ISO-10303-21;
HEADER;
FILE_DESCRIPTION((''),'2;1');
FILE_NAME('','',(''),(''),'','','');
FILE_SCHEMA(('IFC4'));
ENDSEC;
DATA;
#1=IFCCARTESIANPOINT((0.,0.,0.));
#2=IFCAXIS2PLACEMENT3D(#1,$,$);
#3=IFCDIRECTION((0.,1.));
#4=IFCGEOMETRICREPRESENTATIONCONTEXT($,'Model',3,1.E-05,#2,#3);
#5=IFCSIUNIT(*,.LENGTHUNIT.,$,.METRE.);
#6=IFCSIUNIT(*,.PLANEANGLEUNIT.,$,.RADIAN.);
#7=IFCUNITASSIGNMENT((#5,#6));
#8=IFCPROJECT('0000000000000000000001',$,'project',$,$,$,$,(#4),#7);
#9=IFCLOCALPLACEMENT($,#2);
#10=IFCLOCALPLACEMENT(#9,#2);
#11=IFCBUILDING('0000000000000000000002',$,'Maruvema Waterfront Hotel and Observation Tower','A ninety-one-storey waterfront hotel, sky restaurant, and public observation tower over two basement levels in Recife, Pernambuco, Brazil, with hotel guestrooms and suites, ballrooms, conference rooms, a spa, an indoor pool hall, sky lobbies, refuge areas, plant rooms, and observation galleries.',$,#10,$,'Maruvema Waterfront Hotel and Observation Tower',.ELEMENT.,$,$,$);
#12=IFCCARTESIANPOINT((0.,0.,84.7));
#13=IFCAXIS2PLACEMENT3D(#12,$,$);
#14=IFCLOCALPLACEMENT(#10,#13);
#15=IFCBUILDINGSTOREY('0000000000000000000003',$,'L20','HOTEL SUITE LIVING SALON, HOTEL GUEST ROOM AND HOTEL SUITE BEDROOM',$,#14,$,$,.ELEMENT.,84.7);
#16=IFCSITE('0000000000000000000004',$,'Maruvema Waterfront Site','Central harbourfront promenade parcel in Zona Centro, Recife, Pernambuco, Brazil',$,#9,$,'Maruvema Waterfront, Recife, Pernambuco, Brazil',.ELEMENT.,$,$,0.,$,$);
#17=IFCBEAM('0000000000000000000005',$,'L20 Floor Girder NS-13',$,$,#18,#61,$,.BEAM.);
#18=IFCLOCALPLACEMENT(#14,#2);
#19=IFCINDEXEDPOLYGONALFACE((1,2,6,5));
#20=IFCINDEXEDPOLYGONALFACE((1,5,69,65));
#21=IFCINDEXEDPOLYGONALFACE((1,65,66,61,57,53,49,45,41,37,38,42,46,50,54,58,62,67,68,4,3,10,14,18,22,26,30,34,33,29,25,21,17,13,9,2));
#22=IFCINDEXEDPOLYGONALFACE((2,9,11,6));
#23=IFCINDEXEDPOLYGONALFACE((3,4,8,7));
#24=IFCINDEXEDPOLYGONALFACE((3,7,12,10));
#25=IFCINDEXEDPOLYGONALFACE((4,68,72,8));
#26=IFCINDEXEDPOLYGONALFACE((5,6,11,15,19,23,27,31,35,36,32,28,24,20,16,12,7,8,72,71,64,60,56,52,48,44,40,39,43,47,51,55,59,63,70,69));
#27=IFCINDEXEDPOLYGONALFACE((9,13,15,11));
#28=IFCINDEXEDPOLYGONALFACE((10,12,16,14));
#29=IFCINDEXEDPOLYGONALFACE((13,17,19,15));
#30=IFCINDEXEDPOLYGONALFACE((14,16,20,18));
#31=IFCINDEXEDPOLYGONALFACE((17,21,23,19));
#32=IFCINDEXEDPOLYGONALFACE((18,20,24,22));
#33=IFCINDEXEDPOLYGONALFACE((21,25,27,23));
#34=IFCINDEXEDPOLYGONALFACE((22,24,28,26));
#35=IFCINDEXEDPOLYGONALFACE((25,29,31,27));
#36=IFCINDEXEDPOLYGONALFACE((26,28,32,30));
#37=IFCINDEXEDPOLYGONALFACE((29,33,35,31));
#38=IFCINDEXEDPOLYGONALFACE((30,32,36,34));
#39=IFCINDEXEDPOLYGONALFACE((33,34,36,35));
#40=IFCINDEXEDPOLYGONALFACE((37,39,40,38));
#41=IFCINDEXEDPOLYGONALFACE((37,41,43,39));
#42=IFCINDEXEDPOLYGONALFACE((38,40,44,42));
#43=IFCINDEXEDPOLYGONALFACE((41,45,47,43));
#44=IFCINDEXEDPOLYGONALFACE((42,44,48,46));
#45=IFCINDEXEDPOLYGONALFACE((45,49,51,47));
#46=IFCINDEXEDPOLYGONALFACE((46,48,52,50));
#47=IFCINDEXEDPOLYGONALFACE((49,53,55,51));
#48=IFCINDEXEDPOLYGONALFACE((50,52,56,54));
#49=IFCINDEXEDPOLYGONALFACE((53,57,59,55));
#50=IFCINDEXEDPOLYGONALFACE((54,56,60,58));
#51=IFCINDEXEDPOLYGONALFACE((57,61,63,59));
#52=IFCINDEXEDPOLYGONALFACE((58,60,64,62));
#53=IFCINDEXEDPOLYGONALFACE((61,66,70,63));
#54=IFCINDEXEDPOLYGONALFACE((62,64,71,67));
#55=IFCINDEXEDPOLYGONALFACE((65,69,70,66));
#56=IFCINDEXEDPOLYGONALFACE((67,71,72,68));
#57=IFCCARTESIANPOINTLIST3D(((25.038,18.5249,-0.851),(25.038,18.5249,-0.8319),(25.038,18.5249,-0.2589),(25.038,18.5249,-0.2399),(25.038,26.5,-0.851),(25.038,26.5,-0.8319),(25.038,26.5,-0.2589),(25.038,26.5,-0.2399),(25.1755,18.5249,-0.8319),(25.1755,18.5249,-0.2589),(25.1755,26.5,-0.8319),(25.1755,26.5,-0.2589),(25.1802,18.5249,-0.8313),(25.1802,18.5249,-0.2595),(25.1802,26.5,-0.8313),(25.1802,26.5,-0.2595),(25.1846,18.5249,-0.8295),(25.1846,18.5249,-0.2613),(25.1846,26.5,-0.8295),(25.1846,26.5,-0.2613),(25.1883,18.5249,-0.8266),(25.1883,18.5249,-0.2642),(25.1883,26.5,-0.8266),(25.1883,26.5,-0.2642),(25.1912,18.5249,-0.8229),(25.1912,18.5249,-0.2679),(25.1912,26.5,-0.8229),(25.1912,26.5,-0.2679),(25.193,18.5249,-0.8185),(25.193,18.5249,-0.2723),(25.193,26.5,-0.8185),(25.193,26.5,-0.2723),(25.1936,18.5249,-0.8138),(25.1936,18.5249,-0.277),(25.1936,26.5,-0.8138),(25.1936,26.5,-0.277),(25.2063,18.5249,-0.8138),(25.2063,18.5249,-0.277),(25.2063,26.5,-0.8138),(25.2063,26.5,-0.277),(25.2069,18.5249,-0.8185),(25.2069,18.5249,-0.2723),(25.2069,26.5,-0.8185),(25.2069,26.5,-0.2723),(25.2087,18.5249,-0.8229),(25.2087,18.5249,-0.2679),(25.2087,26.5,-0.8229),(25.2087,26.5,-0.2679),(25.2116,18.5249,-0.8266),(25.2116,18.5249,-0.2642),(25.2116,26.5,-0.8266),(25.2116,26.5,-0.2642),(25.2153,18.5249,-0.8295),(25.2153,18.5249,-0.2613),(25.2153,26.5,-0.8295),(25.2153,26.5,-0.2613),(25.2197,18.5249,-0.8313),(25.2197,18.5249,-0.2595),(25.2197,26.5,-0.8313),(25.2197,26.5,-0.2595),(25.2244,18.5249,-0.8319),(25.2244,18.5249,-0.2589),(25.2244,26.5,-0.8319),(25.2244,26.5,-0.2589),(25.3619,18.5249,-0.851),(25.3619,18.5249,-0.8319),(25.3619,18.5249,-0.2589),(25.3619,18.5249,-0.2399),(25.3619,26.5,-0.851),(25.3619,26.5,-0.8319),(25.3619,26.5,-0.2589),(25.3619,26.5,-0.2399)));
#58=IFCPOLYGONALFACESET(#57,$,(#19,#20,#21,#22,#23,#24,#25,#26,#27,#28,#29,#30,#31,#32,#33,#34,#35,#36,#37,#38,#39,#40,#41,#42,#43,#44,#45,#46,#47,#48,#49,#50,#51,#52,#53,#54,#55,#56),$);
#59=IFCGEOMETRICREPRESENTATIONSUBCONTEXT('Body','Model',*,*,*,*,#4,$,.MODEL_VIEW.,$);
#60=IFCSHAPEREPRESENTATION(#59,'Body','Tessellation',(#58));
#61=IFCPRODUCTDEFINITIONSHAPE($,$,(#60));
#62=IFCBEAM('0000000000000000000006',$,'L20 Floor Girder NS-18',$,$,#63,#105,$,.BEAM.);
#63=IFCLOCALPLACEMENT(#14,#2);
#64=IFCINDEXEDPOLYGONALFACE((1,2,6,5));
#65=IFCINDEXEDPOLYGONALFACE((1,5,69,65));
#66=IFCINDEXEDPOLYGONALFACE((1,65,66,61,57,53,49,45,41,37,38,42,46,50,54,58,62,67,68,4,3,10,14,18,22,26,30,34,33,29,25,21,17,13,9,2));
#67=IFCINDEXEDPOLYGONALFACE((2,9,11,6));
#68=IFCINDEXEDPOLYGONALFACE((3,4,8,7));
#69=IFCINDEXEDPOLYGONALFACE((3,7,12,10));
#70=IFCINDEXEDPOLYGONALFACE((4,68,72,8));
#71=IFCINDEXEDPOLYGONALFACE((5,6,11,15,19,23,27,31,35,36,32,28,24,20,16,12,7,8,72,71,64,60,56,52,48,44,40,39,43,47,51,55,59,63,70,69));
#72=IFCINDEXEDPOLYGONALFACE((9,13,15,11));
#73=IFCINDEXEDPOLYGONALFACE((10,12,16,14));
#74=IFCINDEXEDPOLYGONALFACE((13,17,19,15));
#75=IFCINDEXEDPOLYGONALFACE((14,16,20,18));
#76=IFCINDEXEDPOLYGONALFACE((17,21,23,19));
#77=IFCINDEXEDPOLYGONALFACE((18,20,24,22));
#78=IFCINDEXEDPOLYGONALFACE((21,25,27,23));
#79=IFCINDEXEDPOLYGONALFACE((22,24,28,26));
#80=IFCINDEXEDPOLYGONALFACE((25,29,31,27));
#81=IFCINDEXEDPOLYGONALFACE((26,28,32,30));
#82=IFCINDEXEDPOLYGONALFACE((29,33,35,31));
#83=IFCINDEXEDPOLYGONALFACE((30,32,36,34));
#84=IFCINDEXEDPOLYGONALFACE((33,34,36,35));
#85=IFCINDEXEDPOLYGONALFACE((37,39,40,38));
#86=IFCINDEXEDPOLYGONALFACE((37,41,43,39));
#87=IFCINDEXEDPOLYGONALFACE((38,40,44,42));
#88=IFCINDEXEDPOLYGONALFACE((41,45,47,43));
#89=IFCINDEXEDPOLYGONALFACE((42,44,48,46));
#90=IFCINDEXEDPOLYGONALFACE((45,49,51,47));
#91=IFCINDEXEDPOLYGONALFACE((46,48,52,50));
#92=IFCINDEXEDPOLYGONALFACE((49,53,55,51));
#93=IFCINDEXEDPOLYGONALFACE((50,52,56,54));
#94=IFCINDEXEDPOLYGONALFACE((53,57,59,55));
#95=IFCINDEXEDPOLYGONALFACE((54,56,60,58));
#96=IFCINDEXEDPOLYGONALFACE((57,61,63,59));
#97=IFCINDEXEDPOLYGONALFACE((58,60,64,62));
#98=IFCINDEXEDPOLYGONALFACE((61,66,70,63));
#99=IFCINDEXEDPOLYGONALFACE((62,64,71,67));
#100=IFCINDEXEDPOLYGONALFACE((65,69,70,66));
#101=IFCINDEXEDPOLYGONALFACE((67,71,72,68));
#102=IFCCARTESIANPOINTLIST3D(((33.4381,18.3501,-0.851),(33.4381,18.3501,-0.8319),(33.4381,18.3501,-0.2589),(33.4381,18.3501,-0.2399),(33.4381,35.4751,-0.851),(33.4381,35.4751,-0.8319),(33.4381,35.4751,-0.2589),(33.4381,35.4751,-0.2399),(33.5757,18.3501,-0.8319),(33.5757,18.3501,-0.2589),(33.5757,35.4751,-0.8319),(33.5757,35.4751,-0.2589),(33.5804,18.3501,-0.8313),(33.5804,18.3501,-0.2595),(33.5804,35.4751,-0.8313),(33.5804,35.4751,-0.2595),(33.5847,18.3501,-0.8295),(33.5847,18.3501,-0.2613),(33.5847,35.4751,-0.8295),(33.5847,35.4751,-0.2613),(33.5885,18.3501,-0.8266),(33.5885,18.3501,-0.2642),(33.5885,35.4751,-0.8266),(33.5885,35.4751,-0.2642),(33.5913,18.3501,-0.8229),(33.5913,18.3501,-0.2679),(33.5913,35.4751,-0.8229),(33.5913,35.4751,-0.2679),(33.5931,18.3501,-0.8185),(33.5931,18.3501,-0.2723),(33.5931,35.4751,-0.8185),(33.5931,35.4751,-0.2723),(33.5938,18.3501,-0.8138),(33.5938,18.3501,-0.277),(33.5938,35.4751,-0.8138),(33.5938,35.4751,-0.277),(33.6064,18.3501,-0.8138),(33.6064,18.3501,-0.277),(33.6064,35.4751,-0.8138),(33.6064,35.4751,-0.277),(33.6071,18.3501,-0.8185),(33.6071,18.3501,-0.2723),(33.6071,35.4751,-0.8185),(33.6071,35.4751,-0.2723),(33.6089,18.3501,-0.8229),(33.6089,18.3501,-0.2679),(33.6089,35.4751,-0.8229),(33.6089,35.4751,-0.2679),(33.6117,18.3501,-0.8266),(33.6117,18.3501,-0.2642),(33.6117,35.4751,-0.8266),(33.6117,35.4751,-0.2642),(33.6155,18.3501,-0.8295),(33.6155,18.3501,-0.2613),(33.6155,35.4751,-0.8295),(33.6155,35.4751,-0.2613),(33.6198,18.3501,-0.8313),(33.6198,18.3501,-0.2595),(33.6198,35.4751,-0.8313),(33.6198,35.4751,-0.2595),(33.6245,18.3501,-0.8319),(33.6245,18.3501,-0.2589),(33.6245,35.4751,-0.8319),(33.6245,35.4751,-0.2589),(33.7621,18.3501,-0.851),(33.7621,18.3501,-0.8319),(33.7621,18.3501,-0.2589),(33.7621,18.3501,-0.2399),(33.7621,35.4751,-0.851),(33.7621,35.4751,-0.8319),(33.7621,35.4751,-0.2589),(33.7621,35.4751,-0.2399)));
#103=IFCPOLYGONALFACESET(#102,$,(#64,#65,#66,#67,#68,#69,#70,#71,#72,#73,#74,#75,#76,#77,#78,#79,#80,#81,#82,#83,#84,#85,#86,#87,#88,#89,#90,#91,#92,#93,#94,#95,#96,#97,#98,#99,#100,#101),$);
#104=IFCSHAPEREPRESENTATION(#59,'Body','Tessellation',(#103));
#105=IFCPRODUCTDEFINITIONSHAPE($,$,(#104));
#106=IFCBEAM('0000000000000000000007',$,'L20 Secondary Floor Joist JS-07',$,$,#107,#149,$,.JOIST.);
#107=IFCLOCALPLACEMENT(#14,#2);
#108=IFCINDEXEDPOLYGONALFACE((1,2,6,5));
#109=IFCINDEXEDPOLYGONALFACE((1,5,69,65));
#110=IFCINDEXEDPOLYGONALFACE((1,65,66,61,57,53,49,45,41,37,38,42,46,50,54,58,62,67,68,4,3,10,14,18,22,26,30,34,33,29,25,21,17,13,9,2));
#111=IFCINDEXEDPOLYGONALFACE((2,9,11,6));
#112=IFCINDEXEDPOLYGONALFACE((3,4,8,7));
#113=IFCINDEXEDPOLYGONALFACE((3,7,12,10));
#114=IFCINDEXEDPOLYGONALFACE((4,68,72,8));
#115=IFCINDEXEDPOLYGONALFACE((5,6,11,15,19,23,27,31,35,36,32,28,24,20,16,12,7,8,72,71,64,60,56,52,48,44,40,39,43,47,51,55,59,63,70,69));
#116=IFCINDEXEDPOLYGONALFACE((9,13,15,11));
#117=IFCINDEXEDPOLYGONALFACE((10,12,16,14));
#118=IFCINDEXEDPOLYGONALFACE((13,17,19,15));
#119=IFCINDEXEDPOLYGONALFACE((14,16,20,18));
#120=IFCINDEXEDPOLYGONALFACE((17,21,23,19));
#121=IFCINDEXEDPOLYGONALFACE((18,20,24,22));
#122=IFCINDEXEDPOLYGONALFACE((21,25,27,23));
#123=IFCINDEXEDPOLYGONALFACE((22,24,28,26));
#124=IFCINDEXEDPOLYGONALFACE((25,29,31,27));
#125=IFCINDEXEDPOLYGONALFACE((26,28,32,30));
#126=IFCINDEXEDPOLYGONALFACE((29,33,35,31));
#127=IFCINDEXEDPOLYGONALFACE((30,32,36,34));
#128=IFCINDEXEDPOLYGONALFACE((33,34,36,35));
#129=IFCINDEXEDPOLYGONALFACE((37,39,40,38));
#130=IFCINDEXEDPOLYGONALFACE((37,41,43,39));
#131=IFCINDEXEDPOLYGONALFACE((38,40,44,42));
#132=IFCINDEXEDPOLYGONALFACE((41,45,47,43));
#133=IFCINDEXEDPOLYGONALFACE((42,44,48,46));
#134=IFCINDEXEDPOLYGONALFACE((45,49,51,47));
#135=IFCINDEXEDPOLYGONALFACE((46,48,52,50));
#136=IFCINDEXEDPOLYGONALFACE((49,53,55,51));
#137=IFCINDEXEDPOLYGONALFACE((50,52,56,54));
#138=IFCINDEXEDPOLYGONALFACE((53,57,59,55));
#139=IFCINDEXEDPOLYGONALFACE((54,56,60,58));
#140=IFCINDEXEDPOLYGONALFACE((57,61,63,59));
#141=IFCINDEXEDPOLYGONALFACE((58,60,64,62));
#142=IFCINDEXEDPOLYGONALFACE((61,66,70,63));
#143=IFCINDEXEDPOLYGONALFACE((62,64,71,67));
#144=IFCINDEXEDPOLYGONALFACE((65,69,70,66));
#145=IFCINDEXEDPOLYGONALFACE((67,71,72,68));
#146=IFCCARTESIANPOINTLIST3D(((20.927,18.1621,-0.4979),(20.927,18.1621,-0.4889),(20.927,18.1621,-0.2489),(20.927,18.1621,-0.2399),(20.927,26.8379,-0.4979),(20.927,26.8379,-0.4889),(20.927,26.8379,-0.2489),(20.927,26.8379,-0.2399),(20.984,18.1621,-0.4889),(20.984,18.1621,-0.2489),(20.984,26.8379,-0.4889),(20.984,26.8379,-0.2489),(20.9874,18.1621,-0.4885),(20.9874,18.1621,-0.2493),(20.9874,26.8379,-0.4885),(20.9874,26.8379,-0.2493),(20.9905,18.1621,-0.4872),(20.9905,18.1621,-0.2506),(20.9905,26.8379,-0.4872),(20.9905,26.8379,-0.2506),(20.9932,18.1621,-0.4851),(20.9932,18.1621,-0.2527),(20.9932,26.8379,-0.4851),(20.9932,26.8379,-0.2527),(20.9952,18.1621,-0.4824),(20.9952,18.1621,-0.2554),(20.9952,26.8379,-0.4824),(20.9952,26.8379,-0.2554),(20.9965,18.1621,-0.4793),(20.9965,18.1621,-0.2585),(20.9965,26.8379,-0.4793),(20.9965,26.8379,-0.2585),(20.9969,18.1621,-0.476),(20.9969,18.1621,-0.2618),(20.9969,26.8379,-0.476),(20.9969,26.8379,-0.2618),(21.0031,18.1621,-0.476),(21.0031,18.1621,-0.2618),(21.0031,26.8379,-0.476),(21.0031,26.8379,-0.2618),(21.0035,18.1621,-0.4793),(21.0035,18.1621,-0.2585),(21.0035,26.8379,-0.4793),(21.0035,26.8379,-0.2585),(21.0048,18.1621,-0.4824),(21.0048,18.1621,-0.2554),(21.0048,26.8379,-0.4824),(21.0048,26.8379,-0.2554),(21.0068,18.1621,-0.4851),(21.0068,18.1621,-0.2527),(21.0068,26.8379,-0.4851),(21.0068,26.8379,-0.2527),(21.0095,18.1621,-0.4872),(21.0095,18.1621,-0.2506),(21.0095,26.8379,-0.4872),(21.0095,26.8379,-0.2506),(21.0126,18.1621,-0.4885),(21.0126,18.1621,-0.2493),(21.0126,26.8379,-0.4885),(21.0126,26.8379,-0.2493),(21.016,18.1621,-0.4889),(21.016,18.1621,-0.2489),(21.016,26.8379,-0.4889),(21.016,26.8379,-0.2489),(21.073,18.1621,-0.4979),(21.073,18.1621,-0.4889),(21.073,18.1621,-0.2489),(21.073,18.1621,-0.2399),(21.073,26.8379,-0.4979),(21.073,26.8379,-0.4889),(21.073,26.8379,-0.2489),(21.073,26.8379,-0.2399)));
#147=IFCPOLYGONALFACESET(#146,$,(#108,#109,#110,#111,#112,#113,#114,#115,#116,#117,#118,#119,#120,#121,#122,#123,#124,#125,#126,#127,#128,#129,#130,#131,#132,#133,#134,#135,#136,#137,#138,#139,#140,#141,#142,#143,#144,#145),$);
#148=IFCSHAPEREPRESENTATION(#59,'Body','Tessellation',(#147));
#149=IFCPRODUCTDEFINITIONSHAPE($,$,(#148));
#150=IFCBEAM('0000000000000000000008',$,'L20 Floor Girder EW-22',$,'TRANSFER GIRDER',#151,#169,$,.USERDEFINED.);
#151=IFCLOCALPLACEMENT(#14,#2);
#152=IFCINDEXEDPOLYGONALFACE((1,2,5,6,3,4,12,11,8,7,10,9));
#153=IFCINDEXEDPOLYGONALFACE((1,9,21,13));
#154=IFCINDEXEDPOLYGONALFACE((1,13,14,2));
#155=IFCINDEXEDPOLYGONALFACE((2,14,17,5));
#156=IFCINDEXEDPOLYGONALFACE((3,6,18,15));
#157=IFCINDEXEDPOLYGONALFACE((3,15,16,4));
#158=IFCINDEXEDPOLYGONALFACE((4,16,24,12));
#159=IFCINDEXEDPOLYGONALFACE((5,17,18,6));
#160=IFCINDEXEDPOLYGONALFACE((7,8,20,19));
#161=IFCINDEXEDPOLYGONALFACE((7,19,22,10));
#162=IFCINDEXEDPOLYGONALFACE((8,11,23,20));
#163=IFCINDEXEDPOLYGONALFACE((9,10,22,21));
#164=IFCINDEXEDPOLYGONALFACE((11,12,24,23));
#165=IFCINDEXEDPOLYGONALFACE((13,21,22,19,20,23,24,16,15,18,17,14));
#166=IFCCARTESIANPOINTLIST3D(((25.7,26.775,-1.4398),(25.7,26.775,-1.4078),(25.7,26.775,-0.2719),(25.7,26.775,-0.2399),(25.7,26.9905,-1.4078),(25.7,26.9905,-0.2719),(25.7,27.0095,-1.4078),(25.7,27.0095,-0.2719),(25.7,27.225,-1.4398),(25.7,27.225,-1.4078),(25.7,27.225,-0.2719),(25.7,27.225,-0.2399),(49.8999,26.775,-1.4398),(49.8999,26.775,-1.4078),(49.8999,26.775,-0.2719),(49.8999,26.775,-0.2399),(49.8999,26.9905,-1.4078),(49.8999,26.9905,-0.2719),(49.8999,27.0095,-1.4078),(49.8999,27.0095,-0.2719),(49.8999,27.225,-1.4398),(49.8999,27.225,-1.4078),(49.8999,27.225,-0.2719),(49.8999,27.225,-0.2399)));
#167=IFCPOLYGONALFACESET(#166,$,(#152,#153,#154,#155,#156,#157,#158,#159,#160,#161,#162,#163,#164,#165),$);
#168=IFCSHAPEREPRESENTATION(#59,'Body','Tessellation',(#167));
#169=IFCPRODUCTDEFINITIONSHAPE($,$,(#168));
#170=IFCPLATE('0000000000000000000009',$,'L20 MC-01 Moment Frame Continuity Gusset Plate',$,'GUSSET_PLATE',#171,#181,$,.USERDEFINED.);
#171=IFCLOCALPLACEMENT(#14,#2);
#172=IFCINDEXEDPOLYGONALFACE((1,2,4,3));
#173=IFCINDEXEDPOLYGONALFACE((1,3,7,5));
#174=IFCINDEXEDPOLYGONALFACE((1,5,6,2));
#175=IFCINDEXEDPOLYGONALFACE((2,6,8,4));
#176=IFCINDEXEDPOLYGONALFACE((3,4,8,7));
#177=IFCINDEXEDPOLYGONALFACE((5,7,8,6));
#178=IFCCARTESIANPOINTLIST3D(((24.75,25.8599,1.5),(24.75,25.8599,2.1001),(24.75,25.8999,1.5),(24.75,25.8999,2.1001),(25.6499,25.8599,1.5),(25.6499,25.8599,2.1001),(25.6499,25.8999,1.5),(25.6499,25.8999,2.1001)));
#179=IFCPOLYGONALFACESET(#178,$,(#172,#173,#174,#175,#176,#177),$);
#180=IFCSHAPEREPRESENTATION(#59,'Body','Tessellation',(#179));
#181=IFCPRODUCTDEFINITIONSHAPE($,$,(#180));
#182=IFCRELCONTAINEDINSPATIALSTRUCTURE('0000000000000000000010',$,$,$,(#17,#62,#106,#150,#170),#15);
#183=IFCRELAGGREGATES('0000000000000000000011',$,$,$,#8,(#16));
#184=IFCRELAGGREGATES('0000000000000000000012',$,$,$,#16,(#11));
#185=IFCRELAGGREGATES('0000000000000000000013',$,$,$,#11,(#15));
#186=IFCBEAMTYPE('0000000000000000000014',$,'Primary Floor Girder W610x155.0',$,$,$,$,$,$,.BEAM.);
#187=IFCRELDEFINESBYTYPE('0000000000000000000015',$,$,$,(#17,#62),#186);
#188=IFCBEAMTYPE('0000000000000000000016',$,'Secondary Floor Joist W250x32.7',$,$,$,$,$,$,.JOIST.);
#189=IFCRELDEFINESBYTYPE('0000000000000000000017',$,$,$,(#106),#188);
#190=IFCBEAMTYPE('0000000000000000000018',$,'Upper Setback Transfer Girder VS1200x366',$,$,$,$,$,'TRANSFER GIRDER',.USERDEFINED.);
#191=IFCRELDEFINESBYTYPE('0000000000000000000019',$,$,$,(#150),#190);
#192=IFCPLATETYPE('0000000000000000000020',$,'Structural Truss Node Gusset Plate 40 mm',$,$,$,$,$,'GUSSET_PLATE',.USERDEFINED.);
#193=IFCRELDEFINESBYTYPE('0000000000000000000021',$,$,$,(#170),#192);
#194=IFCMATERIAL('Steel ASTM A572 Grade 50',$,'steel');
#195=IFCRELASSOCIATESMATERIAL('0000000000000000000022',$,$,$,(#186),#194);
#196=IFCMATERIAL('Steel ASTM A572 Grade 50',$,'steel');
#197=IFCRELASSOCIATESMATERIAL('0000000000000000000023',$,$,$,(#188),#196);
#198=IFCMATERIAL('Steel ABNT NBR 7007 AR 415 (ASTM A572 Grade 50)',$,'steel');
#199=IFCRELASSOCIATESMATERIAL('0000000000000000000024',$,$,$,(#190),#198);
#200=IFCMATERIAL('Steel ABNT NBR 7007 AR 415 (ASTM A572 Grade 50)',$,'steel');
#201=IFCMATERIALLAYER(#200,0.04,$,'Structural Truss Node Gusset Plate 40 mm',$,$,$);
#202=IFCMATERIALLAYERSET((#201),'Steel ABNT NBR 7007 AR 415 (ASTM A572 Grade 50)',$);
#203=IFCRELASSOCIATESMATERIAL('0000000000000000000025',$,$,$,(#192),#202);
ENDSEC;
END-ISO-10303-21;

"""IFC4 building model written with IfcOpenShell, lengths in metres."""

from ifc_helpers import new_model, si_unit, direction, frame, origin, origin_2d, place, context, subcontext, project, spatial, rectangle, i_section, extrude, material, layer, layer_set, material_profile, profile_set, type_object, element, save


model = new_model("IFC4")

# Units and contexts
model_context = context("Model", 3, precision=1e-05, world=origin(), true_north=direction((0.0, 1.0)))
body_context = subcontext(model_context, "Body", "Model", "MODEL_VIEW")
ifc_project = project(units=[si_unit("LENGTHUNIT", "METRE"), si_unit("PLANEANGLEUNIT", "RADIAN")], contexts=[model_context])

# Site, building, storey
site_placement = place(None, origin())
site = spatial("IfcSite", under=ifc_project, at=site_placement, Name="Maruvema Waterfront Site", Description="Central harbourfront promenade parcel in Zona Centro, Recife, Pernambuco, Brazil", LongName="Maruvema Waterfront, Recife, Pernambuco, Brazil", CompositionType="ELEMENT", RefElevation=0.0)
building_placement = place(site_placement, origin())
building = spatial("IfcBuilding", under=site, at=building_placement, Name="Maruvema Waterfront Hotel and Observation Tower", Description="A ninety-one-storey waterfront hotel, sky restaurant, and public observation tower over two basement levels in Recife, Pernambuco, Brazil, with hotel guestrooms and suites, ballrooms, conference rooms, a spa, an indoor pool hall, sky lobbies, refuge areas, plant rooms, and observation galleries.", LongName="Maruvema Waterfront Hotel and Observation Tower", CompositionType="ELEMENT")
storey_placement = place(building_placement, frame((0.0, 0.0, 84.7)))
storey = spatial("IfcBuildingStorey", under=building, at=storey_placement, Name="L20", Description="HOTEL SUITE LIVING SALON, HOTEL GUEST ROOM AND HOTEL SUITE BEDROOM", CompositionType="ELEMENT", Elevation=84.7)

# Beams
ifc_material_1 = material(Name="Steel ASTM A572 Grade 50", Category="steel")
ifc_material_profile_1 = material_profile(ifc_material_1, i_section(OverallWidth=0.324, OverallDepth=0.6111, WebThickness=0.0127, FlangeThickness=0.019, FilletRadius=0.0181, at=origin_2d()), Name="W610x155.0")
ifc_profile_set_1 = profile_set([ifc_material_profile_1], Name="Steel ASTM A572 Grade 50")
beam_type_1 = type_object("IfcBeamType", Name="Primary Floor Girder W610x155.0", PredefinedType="BEAM", material=ifc_profile_set_1)
beam_1_placement = place(storey_placement, frame((25.2, 18.5249, -0.5454), z_axis=(0.0, 1.0, 0.0), x_axis=(-1.0, 0.0, 0.0)))
element("IfcBeam", 1, at=beam_1_placement, inside=storey, type_object=beam_type_1, Name="L20 Floor Girder NS-13", PredefinedType="BEAM", context=body_context, shape_type="SweptSolid", body=[
    extrude(i_section(OverallWidth=0.324, OverallDepth=0.6111, WebThickness=0.0127, FlangeThickness=0.019, FilletRadius=0.0181, at=origin_2d()), origin(), (0.0, 0.0, 1.0), 7.9751),
])
beam_2_placement = place(storey_placement, frame((33.6001, 18.3501, -0.5454), z_axis=(0.0, 1.0, 0.0), x_axis=(-1.0, 0.0, 0.0)))
element("IfcBeam", 2, at=beam_2_placement, inside=storey, type_object=beam_type_1, Name="L20 Floor Girder NS-18", PredefinedType="BEAM", context=body_context, shape_type="SweptSolid", body=[
    extrude(i_section(OverallWidth=0.324, OverallDepth=0.6111, WebThickness=0.0127, FlangeThickness=0.019, FilletRadius=0.0181, at=origin_2d()), origin(), (0.0, 0.0, 1.0), 17.125),
])
ifc_material_2 = material(Name="Steel ASTM A572 Grade 50", Category="steel")
ifc_material_profile_2 = material_profile(ifc_material_2, i_section(OverallWidth=0.146, OverallDepth=0.2581, WebThickness=0.0061, FlangeThickness=0.009, FilletRadius=0.0129, at=origin_2d()), Name="W250x32.7")
ifc_profile_set_2 = profile_set([ifc_material_profile_2], Name="Steel ASTM A572 Grade 50")
beam_type_2 = type_object("IfcBeamType", Name="Secondary Floor Joist W250x32.7", PredefinedType="JOIST", material=ifc_profile_set_2)
beam_3_placement = place(storey_placement, frame((21.0, 18.1621, -0.3689), z_axis=(0.0, 1.0, 0.0), x_axis=(-1.0, 0.0, 0.0)))
element("IfcBeam", 3, at=beam_3_placement, inside=storey, type_object=beam_type_2, Name="L20 Secondary Floor Joist JS-07", PredefinedType="JOIST", context=body_context, shape_type="SweptSolid", body=[
    extrude(i_section(OverallWidth=0.146, OverallDepth=0.2581, WebThickness=0.0061, FlangeThickness=0.009, FilletRadius=0.0129, at=origin_2d()), origin(), (0.0, 0.0, 1.0), 8.6758),
])
ifc_material_3 = material(Name="Steel ABNT NBR 7007 AR 415 (ASTM A572 Grade 50)", Category="steel")
ifc_material_profile_3 = material_profile(ifc_material_3, i_section(OverallWidth=0.45, OverallDepth=1.2, WebThickness=0.019, FlangeThickness=0.032, at=origin_2d()), Name="VS1200x366")
ifc_profile_set_3 = profile_set([ifc_material_profile_3], Name="Steel ABNT NBR 7007 AR 415 (ASTM A572 Grade 50)")
beam_type_3 = type_object("IfcBeamType", Name="Upper Setback Transfer Girder VS1200x366", ElementType="TRANSFER GIRDER", PredefinedType="USERDEFINED", material=ifc_profile_set_3)
beam_4_placement = place(storey_placement, frame((25.7, 27.0, -0.8398), z_axis=(1.0, 0.0, 0.0), x_axis=(0.0, 1.0, 0.0)))
element("IfcBeam", 4, at=beam_4_placement, inside=storey, type_object=beam_type_3, Name="L20 Floor Girder EW-22", ObjectType="TRANSFER GIRDER", PredefinedType="USERDEFINED", context=body_context, shape_type="SweptSolid", body=[
    extrude(i_section(OverallWidth=0.45, OverallDepth=1.2, WebThickness=0.019, FlangeThickness=0.032, at=origin_2d()), origin(), (0.0, 0.0, 1.0), 24.2),
])

# Plate
ifc_material_4 = material(Name="Steel ABNT NBR 7007 AR 415 (ASTM A572 Grade 50)", Category="steel")
ifc_layer_1 = layer(ifc_material_4, 0.04, Name="Structural Truss Node Gusset Plate 40 mm")
ifc_layer_set_1 = layer_set([ifc_layer_1], Name="Steel ABNT NBR 7007 AR 415 (ASTM A572 Grade 50)")
plate_type = type_object("IfcPlateType", Name="Structural Truss Node Gusset Plate 40 mm", ElementType="GUSSET_PLATE", PredefinedType="USERDEFINED", material=ifc_layer_set_1)
plate_placement = place(storey_placement, frame((25.2, 25.8799, 1.5), z_axis=(0.0, 0.0, 1.0), x_axis=(1.0, 0.0, 0.0)))
element("IfcPlate", 5, at=plate_placement, inside=storey, type_object=plate_type, Name="L20 MC-01 Moment Frame Continuity Gusset Plate", ObjectType="GUSSET_PLATE", PredefinedType="USERDEFINED", context=body_context, shape_type="SweptSolid", body=[
    extrude(rectangle(XDim=0.8999, YDim=0.04, at=origin_2d()), origin(), (0.0, 0.0, 1.0), 0.6001),
])

save(model, "model.ifc")
